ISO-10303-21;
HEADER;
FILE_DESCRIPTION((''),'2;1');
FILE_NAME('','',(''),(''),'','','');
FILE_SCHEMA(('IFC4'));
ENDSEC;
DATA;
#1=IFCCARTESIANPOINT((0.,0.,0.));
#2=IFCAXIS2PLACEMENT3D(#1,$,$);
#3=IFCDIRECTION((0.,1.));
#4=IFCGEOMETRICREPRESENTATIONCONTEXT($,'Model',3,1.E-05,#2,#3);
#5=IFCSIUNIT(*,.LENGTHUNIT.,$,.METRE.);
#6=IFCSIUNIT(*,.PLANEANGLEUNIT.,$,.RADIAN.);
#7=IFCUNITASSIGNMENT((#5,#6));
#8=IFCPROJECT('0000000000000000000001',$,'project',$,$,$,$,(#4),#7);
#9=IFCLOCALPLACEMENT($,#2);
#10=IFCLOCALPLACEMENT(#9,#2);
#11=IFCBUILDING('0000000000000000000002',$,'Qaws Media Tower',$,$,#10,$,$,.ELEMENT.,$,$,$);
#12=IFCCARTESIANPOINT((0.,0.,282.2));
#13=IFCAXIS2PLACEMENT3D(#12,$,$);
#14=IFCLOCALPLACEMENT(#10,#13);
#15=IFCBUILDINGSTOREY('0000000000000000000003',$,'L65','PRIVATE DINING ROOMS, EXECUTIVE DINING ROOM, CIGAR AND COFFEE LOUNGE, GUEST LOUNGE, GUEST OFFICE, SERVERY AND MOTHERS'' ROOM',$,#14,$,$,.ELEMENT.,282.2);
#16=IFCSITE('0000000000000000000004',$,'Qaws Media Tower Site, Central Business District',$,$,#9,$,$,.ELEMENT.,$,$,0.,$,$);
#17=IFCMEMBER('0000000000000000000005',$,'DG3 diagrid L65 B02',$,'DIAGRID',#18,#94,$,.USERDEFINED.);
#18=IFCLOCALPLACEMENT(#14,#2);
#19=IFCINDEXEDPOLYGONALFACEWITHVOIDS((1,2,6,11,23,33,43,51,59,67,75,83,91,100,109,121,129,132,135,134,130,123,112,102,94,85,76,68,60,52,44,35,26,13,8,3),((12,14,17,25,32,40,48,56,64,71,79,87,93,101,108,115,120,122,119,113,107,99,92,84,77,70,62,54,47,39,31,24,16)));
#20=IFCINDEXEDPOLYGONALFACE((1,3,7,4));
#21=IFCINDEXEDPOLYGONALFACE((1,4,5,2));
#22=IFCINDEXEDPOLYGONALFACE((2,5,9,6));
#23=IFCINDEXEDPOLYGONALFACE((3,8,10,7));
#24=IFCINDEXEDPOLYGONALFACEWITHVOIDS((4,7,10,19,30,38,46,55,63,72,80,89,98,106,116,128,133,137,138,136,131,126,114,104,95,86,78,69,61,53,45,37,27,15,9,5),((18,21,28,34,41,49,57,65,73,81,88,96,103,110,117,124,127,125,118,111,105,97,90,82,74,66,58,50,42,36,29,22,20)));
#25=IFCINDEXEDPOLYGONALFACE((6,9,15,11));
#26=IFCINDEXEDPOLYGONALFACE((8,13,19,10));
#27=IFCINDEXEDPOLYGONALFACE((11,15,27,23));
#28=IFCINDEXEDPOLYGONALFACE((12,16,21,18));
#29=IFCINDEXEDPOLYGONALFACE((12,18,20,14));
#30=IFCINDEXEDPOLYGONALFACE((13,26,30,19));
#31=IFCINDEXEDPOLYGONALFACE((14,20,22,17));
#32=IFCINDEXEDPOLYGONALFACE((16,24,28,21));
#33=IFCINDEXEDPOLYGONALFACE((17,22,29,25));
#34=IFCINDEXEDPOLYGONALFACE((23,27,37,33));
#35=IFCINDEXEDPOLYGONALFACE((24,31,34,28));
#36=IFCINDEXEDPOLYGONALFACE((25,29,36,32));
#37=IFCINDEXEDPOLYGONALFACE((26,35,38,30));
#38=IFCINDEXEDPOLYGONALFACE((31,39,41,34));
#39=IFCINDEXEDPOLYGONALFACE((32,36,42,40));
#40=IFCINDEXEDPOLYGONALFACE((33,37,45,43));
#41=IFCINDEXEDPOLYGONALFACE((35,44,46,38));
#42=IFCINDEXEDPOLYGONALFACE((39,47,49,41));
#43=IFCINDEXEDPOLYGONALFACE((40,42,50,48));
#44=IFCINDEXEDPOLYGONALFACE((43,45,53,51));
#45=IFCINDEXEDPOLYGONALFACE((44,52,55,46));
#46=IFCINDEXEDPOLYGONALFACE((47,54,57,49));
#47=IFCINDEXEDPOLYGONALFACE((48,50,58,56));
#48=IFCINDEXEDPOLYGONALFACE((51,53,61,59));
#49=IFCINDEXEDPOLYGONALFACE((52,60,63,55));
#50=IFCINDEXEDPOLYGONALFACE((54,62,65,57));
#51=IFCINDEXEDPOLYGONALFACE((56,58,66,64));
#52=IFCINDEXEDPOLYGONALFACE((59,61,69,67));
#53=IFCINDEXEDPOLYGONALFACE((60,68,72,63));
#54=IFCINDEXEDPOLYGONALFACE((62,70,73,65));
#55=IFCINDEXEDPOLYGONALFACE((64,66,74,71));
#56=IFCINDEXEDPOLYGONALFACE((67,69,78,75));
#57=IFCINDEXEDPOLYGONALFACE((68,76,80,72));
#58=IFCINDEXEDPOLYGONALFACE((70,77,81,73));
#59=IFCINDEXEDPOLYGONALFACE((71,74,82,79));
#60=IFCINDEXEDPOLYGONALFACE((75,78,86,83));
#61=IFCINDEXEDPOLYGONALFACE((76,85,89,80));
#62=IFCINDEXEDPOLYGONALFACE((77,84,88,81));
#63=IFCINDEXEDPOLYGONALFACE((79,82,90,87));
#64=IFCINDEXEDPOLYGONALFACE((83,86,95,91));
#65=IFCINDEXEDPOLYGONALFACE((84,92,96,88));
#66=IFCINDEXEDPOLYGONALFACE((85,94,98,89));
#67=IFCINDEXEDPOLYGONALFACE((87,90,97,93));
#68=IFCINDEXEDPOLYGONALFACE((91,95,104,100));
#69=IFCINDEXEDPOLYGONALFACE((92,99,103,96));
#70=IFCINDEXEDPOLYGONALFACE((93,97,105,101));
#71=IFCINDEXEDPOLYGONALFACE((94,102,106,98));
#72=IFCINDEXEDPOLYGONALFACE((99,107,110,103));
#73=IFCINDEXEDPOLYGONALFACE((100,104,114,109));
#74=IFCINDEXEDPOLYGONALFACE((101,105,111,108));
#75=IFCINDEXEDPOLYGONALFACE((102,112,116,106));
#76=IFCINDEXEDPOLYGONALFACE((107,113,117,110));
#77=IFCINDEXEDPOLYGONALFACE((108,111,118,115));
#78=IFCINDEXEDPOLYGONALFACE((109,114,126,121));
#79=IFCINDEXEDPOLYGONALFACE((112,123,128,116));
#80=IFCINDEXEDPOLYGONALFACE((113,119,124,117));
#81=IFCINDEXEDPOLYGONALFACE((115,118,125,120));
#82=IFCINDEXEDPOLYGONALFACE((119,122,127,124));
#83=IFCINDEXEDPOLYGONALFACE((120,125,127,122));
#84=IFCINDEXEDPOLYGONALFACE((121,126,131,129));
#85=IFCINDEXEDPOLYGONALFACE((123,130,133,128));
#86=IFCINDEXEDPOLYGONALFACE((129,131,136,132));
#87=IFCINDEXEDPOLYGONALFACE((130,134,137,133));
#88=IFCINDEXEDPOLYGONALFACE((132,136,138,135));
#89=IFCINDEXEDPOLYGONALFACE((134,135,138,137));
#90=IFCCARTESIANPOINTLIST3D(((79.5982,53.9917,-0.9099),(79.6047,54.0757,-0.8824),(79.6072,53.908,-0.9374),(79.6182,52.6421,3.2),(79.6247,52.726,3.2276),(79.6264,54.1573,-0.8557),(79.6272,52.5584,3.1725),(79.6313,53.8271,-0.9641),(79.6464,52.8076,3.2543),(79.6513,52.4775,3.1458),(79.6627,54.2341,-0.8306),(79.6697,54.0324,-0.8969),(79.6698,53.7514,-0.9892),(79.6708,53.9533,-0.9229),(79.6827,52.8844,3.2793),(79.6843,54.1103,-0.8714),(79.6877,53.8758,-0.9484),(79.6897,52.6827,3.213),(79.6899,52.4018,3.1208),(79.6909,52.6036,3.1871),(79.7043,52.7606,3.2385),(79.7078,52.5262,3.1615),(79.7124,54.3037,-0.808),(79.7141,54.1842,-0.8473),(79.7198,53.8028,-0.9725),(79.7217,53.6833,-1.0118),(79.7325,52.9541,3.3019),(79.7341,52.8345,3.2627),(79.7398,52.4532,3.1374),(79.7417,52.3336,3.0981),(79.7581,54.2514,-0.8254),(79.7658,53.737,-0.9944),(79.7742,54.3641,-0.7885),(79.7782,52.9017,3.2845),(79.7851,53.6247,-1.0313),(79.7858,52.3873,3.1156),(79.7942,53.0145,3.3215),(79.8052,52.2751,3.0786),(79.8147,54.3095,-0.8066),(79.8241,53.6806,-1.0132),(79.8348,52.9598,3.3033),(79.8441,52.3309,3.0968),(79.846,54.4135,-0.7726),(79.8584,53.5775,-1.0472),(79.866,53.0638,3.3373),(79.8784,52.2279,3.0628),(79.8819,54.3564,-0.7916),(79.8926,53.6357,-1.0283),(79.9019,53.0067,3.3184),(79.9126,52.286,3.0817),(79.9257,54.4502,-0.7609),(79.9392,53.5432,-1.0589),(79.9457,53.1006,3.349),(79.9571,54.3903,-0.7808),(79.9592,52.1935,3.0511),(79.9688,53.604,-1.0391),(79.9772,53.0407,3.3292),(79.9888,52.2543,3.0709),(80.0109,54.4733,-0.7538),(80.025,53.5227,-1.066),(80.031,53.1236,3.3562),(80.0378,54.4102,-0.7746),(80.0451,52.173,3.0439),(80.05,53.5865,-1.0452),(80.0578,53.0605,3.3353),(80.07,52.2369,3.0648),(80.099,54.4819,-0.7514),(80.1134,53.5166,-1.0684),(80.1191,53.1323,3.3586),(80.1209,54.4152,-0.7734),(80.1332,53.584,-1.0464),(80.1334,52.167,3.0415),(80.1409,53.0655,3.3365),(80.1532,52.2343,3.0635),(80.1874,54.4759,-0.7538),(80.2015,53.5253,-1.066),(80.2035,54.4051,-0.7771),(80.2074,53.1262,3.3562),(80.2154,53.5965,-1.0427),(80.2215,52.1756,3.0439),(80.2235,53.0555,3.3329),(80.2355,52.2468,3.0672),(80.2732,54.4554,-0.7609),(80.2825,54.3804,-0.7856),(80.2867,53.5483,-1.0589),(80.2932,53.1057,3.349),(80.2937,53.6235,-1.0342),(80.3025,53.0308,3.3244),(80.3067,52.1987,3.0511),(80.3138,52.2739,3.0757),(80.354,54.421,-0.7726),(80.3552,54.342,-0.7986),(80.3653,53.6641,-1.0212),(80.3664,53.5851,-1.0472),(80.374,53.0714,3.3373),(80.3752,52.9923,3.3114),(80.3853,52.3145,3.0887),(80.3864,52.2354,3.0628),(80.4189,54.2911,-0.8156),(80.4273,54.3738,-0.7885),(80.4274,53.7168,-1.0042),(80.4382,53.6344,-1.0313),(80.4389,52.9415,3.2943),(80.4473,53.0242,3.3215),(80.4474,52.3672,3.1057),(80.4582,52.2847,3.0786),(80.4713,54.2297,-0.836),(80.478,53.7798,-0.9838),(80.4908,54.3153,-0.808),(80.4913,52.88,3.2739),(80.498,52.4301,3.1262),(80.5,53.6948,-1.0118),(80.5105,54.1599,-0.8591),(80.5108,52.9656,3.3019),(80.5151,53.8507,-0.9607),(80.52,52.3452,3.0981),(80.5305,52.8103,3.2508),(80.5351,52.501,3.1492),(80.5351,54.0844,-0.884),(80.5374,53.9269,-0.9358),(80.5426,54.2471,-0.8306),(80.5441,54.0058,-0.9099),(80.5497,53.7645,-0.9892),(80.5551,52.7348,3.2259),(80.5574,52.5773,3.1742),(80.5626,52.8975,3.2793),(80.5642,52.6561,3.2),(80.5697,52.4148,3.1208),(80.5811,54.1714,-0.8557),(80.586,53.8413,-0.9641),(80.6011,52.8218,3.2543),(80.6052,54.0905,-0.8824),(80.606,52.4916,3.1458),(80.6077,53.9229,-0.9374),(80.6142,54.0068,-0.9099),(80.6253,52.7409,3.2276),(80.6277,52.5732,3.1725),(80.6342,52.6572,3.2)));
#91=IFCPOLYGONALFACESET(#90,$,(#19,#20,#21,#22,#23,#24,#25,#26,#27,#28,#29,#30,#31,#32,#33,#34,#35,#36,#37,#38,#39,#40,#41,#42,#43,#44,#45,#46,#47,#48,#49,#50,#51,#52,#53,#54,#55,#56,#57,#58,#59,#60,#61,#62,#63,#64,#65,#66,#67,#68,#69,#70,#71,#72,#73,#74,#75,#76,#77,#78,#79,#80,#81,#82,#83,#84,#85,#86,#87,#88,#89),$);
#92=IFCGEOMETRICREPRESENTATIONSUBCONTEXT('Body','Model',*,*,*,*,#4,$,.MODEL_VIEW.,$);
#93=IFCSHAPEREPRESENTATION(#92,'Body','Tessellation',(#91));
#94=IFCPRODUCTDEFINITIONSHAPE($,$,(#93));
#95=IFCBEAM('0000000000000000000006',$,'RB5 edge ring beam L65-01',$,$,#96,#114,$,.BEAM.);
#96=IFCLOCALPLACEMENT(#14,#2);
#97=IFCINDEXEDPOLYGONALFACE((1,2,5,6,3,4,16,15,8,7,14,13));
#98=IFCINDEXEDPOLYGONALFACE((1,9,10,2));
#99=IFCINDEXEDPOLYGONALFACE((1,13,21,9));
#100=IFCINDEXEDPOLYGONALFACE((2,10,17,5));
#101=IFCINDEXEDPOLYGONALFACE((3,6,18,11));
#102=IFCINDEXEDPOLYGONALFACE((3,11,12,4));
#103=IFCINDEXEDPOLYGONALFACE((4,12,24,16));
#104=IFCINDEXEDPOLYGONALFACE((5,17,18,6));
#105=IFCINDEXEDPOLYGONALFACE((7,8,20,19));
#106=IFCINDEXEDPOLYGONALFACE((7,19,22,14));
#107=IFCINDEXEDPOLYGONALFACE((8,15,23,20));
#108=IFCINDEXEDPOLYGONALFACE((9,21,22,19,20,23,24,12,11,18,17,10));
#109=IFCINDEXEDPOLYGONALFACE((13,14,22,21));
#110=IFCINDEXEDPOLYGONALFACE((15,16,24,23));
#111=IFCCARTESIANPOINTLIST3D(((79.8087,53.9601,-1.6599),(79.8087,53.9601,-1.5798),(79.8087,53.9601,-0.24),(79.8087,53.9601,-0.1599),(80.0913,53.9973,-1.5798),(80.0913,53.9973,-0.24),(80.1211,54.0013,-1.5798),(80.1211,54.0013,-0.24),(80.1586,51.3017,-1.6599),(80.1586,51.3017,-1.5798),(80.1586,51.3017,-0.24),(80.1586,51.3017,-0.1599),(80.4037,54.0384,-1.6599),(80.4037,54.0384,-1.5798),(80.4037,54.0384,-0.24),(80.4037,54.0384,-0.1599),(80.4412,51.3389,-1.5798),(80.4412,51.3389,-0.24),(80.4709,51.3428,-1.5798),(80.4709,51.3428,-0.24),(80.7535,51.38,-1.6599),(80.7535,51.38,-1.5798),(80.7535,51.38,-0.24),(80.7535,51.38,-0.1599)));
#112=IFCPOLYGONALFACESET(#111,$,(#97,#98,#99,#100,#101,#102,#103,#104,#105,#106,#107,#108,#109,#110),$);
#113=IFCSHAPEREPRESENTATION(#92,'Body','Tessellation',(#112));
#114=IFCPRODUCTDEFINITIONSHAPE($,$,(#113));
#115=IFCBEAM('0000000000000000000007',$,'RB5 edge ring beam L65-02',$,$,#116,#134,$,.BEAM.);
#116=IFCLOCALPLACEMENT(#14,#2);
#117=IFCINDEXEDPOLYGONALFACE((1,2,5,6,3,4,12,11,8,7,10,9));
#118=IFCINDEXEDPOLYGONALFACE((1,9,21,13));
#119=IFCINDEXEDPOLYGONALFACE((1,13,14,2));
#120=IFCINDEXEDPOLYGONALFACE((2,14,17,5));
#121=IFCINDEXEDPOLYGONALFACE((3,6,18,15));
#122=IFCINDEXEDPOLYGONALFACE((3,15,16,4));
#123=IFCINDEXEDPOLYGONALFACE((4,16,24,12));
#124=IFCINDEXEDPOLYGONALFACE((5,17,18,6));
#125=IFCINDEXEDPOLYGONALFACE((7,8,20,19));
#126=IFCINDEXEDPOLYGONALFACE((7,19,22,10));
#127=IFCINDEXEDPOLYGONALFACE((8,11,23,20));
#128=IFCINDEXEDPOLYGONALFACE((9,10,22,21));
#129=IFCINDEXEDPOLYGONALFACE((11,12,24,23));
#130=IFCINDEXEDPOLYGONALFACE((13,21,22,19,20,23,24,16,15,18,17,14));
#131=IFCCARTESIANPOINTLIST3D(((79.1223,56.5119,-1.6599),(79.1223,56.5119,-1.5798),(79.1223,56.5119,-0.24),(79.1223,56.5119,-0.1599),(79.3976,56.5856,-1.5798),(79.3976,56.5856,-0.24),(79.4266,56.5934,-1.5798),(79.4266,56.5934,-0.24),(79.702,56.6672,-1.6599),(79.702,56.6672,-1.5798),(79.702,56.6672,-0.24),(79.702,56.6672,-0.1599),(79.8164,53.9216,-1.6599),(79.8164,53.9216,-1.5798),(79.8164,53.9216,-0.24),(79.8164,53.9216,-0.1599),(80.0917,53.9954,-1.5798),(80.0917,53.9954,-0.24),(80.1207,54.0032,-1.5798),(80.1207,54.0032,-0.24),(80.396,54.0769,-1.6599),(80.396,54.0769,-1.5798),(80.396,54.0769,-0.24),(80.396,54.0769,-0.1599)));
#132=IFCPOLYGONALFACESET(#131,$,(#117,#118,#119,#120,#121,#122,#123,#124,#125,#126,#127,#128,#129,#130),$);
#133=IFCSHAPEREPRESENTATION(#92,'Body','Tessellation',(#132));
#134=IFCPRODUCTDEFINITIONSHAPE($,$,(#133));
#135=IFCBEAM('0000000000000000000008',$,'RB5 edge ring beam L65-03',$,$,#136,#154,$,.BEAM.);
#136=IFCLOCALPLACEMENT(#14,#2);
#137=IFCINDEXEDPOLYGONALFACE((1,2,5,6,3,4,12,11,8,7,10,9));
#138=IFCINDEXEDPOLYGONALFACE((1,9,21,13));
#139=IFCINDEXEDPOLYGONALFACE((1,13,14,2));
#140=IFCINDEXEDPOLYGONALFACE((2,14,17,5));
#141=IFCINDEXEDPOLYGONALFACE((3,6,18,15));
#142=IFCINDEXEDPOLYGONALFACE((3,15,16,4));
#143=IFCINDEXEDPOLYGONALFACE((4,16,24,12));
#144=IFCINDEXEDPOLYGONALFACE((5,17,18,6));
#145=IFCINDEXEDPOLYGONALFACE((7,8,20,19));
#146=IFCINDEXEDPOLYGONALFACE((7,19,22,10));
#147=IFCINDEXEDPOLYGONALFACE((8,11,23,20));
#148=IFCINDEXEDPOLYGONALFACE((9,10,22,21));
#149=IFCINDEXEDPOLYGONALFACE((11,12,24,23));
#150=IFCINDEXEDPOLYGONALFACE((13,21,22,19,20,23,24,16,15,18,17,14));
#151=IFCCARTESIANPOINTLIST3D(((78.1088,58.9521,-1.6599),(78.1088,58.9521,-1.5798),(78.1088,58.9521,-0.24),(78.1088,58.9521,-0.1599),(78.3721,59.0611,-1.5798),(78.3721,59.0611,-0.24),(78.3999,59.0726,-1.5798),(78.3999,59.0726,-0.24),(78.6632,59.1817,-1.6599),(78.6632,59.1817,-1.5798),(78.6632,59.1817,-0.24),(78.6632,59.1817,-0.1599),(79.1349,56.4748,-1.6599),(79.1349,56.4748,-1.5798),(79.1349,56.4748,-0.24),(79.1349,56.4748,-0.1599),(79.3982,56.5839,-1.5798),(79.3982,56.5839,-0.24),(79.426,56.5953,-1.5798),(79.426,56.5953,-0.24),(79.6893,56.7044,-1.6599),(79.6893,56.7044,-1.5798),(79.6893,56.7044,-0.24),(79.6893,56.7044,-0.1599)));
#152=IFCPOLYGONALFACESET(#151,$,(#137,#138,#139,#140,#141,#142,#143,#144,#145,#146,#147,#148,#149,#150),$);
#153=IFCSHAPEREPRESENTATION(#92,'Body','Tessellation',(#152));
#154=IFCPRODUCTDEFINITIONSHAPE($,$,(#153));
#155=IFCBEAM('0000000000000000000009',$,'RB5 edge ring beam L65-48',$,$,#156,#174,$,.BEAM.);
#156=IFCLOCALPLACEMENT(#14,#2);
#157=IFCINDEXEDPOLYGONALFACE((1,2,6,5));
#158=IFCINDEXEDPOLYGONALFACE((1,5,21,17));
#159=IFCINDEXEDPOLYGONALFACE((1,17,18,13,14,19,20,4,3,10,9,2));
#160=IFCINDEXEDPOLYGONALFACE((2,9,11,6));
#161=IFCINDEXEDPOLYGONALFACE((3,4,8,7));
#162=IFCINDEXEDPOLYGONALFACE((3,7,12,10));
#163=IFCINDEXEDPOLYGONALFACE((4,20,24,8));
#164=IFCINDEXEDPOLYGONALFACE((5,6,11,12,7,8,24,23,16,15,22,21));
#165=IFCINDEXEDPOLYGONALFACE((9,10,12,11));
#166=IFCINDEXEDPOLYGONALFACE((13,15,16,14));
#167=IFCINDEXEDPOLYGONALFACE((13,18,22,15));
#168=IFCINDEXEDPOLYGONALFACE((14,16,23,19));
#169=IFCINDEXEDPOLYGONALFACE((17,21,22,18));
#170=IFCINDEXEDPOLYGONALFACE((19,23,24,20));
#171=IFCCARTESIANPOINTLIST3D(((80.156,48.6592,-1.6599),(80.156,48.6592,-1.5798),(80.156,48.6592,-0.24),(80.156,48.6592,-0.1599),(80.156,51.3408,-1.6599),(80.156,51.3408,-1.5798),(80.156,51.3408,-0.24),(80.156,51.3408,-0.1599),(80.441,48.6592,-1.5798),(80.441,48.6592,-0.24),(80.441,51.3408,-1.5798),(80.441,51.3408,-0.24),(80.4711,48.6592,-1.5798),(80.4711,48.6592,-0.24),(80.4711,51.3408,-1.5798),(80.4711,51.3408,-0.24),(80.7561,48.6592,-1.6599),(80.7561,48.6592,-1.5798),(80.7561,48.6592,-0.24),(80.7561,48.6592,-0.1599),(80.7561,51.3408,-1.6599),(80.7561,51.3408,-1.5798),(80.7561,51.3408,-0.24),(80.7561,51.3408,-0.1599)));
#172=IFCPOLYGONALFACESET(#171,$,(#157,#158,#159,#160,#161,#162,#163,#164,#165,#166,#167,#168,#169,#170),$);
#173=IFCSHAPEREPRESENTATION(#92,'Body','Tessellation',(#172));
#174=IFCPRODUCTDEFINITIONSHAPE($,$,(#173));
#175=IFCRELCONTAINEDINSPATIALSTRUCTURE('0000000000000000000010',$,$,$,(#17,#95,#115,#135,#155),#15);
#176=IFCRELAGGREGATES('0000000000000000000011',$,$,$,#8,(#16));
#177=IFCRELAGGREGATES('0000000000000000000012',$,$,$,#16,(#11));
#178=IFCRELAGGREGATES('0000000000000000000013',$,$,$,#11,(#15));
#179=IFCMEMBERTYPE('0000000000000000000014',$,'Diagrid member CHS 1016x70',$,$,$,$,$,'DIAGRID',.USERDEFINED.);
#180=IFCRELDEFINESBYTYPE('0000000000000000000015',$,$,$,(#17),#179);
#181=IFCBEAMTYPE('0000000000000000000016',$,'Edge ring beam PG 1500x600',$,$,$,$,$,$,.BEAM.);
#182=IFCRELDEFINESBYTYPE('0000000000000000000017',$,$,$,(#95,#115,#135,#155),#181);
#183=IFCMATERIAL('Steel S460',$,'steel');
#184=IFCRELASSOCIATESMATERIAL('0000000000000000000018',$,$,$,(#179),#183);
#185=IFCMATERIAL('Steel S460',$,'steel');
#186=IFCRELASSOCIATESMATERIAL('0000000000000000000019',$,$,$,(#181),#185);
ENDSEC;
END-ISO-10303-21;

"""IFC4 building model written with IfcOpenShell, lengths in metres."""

from ifc_helpers import new_model, si_unit, direction, frame, origin, origin_2d, place, context, subcontext, project, spatial, hollow_circle, i_section, extrude, material, material_profile, profile_set, type_object, element, save


model = new_model("IFC4")

# Units and contexts
model_context = context("Model", 3, precision=1e-05, world=origin(), true_north=direction((0.0, 1.0)))
body_context = subcontext(model_context, "Body", "Model", "MODEL_VIEW")
ifc_project = project(units=[si_unit("LENGTHUNIT", "METRE"), si_unit("PLANEANGLEUNIT", "RADIAN")], contexts=[model_context])

# Site, building, storey
site_placement = place(None, origin())
site = spatial("IfcSite", under=ifc_project, at=site_placement, Name="Qaws Media Tower Site, Central Business District", CompositionType="ELEMENT", RefElevation=0.0)
building_placement = place(site_placement, origin())
building = spatial("IfcBuilding", under=site, at=building_placement, Name="Qaws Media Tower", CompositionType="ELEMENT")
storey_placement = place(building_placement, frame((0.0, 0.0, 282.2)))
storey = spatial("IfcBuildingStorey", under=building, at=storey_placement, Name="L65", Description="PRIVATE DINING ROOMS, EXECUTIVE DINING ROOM, CIGAR AND COFFEE LOUNGE, GUEST LOUNGE, GUEST OFFICE, SERVERY AND MOTHERS' ROOM", CompositionType="ELEMENT", Elevation=282.2)

# Member
ifc_material_1 = material(Name="Steel S460", Category="steel")
ifc_material_profile_1 = material_profile(ifc_material_1, hollow_circle(Radius=0.5081, WallThickness=0.0701, at=origin_2d()), Name="CHS 1016x70")
ifc_profile_set_1 = profile_set([ifc_material_profile_1], Name="Steel S460")
member_type_1 = type_object("IfcMemberType", Name="Diagrid member CHS 1016x70", ElementType="DIAGRID", PredefinedType="USERDEFINED", material=ifc_profile_set_1)
for number, where, z_axis, x_axis, name in (
    (1, (80.1062, 53.9993, -0.9099), (0.004628, -0.311988, 0.950075), (0.99989, 0.014832, 0.0), "DG3 diagrid L65 B02"),
):
    element("IfcMember", number, at=place(storey_placement, frame(where, z_axis=z_axis, x_axis=x_axis)), inside=storey, type_object=member_type_1, Name=name, ObjectType="DIAGRID", PredefinedType="USERDEFINED", context=body_context, shape_type="SweptSolid", body=[
        extrude(hollow_circle(Radius=0.5081, WallThickness=0.0701, at=origin_2d()), origin(), (0.0, 0.0, 1.0), 4.3259),
    ])

# Beams
ifc_material_2 = material(Name="Steel S460", Category="steel")
ifc_material_profile_2 = material_profile(ifc_material_2, i_section(OverallWidth=0.6001, OverallDepth=1.5, WebThickness=0.03, FlangeThickness=0.0801, at=origin_2d()), Name="PG 1500x600")
ifc_profile_set_2 = profile_set([ifc_material_profile_2], Name="Steel S460")
beam_type_1 = type_object("IfcBeamType", Name="Edge ring beam PG 1500x600", PredefinedType="BEAM", material=ifc_profile_set_2)
beam_1_placement = place(storey_placement, frame((80.4561, 51.3408, -0.9099), z_axis=(-0.130476, 0.991452, 0.0), x_axis=(-0.991452, -0.130476, 0.0)))
element("IfcBeam", 2, at=beam_1_placement, inside=storey, type_object=beam_type_1, Name="RB5 edge ring beam L65-01", PredefinedType="BEAM", context=body_context, shape_type="SweptSolid", body=[
    extrude(i_section(OverallWidth=0.6001, OverallDepth=1.5, WebThickness=0.03, FlangeThickness=0.0801, at=origin_2d()), origin(), (0.0, 0.0, 1.0), 2.6814),
])
beam_2_placement = place(storey_placement, frame((80.1062, 53.9993, -0.9099), z_axis=(-0.258824, 0.965924, 0.0), x_axis=(-0.965924, -0.258824, 0.0)))
element("IfcBeam", 3, at=beam_2_placement, inside=storey, type_object=beam_type_1, Name="RB5 edge ring beam L65-02", PredefinedType="BEAM", context=body_context, shape_type="SweptSolid", body=[
    extrude(i_section(OverallWidth=0.6001, OverallDepth=1.5, WebThickness=0.03, FlangeThickness=0.0801, at=origin_2d()), origin(), (0.0, 0.0, 1.0), 2.6816),
])
beam_3_placement = place(storey_placement, frame((79.4121, 56.5896, -0.9099), z_axis=(-0.382681, 0.92388, 0.0), x_axis=(-0.92388, -0.382681, 0.0)))
element("IfcBeam", 4, at=beam_3_placement, inside=storey, type_object=beam_type_1, Name="RB5 edge ring beam L65-03", PredefinedType="BEAM", context=body_context, shape_type="SweptSolid", body=[
    extrude(i_section(OverallWidth=0.6001, OverallDepth=1.5, WebThickness=0.03, FlangeThickness=0.0801, at=origin_2d()), origin(), (0.0, 0.0, 1.0), 2.6814),
])
beam_4_placement = place(storey_placement, frame((80.4561, 48.6592, -0.9099), z_axis=(0.0, 1.0, 0.0), x_axis=(-1.0, 0.0, 0.0)))
element("IfcBeam", 5, at=beam_4_placement, inside=storey, type_object=beam_type_1, Name="RB5 edge ring beam L65-48", PredefinedType="BEAM", context=body_context, shape_type="SweptSolid", body=[
    extrude(i_section(OverallWidth=0.6001, OverallDepth=1.5, WebThickness=0.03, FlangeThickness=0.0801, at=origin_2d()), origin(), (0.0, 0.0, 1.0), 2.6816),
])

save(model, "model.ifc")
